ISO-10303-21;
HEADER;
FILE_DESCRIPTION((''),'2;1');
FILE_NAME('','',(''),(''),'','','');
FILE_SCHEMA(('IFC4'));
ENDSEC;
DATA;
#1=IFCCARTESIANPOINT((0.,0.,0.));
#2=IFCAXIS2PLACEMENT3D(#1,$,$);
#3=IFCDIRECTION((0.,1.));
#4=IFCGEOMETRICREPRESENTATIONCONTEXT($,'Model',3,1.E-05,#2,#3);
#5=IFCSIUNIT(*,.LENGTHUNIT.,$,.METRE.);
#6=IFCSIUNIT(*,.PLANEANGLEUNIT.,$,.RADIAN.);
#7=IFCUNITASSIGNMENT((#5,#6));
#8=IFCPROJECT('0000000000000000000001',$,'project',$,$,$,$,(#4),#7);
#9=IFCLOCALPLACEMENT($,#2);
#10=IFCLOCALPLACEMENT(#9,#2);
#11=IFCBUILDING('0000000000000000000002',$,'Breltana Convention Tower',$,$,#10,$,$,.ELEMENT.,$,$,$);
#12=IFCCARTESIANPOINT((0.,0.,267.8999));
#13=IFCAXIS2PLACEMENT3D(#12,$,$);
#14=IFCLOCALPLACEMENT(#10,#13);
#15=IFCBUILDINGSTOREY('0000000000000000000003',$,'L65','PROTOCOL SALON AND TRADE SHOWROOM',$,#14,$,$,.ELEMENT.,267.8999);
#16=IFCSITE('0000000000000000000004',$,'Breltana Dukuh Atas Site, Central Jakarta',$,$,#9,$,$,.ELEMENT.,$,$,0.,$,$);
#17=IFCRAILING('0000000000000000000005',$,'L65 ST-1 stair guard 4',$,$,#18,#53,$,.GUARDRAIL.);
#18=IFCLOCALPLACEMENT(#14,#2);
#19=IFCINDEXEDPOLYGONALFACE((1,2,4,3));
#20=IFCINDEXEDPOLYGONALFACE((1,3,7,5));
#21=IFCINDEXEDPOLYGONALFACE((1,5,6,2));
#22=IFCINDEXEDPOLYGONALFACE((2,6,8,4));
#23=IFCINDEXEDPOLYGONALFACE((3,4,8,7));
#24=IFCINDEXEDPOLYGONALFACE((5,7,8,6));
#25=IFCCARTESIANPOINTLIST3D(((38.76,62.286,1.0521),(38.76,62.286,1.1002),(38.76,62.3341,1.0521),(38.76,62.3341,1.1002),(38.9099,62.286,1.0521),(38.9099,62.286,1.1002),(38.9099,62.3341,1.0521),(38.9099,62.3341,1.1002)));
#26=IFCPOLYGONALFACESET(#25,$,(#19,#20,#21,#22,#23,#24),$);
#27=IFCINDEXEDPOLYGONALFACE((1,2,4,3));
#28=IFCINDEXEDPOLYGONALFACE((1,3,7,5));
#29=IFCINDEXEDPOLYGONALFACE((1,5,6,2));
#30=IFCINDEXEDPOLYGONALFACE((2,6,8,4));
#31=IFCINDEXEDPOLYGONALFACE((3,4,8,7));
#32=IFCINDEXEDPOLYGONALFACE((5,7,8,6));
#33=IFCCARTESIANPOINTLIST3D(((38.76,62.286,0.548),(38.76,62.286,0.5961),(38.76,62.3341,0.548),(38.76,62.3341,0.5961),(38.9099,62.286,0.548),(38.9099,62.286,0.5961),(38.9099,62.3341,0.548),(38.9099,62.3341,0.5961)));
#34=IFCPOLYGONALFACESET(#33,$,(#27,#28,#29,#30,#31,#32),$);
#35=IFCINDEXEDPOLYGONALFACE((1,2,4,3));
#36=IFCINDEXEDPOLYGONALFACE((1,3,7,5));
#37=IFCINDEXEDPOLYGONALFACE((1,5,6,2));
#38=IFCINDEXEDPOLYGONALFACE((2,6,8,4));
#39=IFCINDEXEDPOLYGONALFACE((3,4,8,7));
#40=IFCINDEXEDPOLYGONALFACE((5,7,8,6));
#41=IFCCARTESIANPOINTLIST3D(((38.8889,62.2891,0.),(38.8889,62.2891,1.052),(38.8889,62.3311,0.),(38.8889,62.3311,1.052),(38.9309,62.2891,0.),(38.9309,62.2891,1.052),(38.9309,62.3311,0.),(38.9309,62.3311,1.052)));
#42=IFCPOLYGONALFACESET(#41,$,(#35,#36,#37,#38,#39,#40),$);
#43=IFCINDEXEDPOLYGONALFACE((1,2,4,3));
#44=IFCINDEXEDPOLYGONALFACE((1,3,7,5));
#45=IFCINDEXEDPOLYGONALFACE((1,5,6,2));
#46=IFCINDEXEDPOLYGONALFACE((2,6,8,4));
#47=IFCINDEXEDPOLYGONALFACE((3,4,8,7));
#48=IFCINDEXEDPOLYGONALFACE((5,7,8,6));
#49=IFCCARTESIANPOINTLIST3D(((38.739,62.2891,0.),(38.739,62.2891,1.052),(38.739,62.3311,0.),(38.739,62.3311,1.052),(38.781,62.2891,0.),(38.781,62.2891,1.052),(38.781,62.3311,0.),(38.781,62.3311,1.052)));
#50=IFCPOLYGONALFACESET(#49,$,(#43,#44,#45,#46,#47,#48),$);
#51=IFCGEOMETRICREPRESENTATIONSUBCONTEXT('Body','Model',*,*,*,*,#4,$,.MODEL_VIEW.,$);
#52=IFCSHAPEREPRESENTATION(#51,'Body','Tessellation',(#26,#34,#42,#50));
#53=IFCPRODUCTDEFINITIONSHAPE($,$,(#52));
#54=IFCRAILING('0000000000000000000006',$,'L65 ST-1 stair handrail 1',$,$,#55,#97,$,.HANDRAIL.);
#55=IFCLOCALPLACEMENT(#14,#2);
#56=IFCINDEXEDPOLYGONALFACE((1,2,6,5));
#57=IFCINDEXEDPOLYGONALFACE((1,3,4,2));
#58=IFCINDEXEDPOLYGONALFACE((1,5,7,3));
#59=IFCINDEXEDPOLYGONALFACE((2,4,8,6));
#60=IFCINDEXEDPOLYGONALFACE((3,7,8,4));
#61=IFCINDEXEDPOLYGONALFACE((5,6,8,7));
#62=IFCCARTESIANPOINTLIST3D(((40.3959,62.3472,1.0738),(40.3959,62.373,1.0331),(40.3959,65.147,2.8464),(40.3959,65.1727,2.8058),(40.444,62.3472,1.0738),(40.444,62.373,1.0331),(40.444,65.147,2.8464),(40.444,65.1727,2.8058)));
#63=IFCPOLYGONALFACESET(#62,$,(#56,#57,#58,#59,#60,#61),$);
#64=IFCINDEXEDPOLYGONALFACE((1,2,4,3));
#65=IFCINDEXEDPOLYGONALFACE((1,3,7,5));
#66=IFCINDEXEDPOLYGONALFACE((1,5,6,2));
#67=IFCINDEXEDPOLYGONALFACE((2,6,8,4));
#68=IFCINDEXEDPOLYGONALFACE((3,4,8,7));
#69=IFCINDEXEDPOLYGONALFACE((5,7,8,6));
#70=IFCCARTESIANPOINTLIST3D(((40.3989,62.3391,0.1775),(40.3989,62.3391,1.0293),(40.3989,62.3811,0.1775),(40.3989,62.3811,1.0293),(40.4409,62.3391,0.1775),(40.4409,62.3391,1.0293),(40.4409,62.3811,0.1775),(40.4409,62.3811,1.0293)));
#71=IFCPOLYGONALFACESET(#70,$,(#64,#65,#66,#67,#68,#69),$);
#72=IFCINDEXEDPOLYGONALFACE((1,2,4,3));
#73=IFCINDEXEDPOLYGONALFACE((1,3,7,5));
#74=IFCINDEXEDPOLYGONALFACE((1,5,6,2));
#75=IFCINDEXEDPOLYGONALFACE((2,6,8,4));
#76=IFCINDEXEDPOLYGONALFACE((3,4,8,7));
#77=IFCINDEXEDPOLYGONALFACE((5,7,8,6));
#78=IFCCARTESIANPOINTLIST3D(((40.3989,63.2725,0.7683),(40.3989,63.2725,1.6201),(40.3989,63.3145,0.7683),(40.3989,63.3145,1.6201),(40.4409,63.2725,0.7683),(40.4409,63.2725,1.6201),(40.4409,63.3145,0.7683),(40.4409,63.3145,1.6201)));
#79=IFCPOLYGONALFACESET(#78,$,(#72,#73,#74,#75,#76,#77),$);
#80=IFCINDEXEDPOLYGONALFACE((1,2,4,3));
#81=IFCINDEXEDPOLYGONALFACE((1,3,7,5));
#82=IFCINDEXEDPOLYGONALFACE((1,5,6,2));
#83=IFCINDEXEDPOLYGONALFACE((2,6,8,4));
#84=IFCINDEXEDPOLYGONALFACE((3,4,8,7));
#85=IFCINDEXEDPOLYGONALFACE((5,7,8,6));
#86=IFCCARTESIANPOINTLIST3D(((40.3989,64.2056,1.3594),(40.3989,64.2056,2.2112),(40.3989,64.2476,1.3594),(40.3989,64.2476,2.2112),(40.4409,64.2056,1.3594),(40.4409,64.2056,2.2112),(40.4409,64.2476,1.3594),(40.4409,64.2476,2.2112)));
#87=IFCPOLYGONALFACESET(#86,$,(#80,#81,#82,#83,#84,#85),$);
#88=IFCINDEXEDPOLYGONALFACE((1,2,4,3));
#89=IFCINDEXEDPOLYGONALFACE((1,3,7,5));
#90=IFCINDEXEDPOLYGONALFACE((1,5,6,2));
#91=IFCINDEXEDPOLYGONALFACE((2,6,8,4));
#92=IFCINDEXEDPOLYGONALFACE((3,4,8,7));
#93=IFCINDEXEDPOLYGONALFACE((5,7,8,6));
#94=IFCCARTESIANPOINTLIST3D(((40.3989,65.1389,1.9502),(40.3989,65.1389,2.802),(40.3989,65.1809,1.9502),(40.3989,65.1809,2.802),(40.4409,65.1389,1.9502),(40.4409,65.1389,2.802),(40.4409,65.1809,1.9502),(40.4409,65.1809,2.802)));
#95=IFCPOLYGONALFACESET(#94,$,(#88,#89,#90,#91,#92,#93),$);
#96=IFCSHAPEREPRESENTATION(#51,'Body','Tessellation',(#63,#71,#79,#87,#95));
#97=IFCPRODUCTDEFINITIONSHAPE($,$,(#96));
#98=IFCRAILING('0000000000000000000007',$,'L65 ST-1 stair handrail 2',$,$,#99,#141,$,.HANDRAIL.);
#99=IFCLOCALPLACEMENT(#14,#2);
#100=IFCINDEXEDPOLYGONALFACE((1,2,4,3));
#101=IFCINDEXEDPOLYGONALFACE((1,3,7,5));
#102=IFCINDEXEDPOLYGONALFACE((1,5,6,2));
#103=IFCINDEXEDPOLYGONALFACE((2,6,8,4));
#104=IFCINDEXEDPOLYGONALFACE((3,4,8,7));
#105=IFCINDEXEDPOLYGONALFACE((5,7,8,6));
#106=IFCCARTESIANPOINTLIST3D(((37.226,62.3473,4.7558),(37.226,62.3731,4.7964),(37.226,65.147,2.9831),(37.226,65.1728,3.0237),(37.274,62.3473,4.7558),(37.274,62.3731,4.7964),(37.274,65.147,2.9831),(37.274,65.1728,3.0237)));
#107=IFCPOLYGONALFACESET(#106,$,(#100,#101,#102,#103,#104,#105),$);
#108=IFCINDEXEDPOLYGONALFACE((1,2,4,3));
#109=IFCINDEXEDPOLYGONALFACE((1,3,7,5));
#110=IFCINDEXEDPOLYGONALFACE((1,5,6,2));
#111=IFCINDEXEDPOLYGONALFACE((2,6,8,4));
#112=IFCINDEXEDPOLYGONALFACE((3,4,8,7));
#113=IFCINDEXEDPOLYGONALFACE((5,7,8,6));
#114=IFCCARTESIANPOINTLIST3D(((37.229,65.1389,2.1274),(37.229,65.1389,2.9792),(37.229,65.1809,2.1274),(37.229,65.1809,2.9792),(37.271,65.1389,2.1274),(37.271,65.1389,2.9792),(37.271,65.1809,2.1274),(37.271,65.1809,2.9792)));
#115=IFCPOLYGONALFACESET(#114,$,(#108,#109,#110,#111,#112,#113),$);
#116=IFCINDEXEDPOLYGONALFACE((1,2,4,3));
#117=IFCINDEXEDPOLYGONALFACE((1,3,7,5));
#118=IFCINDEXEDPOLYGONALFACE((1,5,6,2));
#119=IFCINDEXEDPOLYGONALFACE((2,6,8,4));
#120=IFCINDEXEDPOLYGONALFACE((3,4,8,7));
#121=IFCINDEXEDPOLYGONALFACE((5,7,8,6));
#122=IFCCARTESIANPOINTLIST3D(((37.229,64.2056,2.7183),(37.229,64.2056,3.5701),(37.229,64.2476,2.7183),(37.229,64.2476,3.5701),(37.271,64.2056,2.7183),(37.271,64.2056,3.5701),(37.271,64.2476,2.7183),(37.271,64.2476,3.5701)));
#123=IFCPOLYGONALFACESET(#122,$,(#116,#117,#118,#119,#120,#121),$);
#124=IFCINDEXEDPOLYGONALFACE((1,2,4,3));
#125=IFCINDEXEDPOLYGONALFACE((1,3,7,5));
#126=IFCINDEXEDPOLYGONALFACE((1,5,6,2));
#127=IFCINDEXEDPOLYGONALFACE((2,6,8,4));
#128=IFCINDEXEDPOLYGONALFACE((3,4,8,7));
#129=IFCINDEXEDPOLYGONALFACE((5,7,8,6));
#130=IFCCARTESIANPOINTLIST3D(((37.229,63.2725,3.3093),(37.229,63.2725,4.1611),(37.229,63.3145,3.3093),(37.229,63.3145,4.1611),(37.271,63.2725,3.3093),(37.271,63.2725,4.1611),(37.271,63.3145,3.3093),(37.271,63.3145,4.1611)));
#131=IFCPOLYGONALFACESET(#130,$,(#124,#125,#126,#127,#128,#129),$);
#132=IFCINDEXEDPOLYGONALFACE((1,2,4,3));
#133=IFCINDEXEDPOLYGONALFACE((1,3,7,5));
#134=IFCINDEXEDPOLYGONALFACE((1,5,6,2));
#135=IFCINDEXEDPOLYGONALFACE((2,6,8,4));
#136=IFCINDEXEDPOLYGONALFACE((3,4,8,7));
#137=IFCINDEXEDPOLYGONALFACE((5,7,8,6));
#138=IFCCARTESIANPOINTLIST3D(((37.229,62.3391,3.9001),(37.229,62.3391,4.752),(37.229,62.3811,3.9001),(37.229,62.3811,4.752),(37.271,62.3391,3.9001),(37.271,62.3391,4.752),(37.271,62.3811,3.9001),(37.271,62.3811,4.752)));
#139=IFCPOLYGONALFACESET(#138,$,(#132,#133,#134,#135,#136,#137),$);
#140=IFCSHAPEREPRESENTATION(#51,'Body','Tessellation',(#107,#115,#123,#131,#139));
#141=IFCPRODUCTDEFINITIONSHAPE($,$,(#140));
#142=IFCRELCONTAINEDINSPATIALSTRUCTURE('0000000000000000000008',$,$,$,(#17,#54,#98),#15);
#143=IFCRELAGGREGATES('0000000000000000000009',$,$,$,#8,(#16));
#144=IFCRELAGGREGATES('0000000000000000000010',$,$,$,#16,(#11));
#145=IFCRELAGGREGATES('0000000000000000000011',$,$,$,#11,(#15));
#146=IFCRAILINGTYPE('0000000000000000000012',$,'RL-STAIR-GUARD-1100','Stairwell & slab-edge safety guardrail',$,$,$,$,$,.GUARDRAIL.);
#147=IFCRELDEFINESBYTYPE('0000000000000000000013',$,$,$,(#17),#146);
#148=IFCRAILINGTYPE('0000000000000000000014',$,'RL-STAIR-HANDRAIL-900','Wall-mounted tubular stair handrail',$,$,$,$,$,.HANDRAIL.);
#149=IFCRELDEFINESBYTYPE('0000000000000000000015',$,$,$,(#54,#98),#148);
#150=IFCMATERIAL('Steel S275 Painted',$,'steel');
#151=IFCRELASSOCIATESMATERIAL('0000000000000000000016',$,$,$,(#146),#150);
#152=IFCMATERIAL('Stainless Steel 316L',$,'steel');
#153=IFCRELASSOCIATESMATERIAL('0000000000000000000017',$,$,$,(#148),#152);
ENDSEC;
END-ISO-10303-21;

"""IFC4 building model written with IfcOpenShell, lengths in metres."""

from ifc_helpers import new_model, si_unit, direction, frame, origin, origin_2d, place, context, subcontext, project, spatial, rectangle, extrude, material, type_object, element, save


model = new_model("IFC4")

# Units and contexts
model_context = context("Model", 3, precision=1e-05, world=origin(), true_north=direction((0.0, 1.0)))
body_context = subcontext(model_context, "Body", "Model", "MODEL_VIEW")
ifc_project = project(units=[si_unit("LENGTHUNIT", "METRE"), si_unit("PLANEANGLEUNIT", "RADIAN")], contexts=[model_context])

# Site, building, storey
site_placement = place(None, origin())
site = spatial("IfcSite", under=ifc_project, at=site_placement, Name="Breltana Dukuh Atas Site, Central Jakarta", CompositionType="ELEMENT", RefElevation=0.0)
building_placement = place(site_placement, origin())
building = spatial("IfcBuilding", under=site, at=building_placement, Name="Breltana Convention Tower", CompositionType="ELEMENT")
storey_placement = place(building_placement, frame((0.0, 0.0, 267.8999)))
storey = spatial("IfcBuildingStorey", under=building, at=storey_placement, Name="L65", Description="PROTOCOL SALON AND TRADE SHOWROOM", CompositionType="ELEMENT", Elevation=267.8999)

# Railings
ifc_material_1 = material(Name="Steel S275 Painted", Category="steel")
railing_type_1 = type_object("IfcRailingType", Name="RL-STAIR-GUARD-1100", Description="Stairwell & slab-edge safety guardrail", PredefinedType="GUARDRAIL", material=ifc_material_1)
railing_1_placement = place(storey_placement, frame((38.9099, 62.3101, 0.0)))
element("IfcRailing", 1, at=railing_1_placement, inside=storey, type_object=railing_type_1, Name="L65 ST-1 stair guard 4", PredefinedType="GUARDRAIL", context=body_context, shape_type="SweptSolid", body=[
    extrude(rectangle(XDim=0.0481, YDim=0.0481, at=origin_2d()), frame((0.0, 0.0, 1.0762), z_axis=(-1.0, 0.0, 0.0), x_axis=(0.0, -1.0, 0.0)), (0.0, 0.0, 1.0), 0.1499),
    extrude(rectangle(XDim=0.0481, YDim=0.0481, at=origin_2d()), frame((0.0, 0.0, 0.572), z_axis=(-1.0, 0.0, 0.0), x_axis=(0.0, -1.0, 0.0)), (0.0, 0.0, 1.0), 0.1499),
    extrude(rectangle(XDim=0.042, YDim=0.042, at=origin_2d()), origin(), (0.0, 0.0, 1.0), 1.052),
    extrude(rectangle(XDim=0.042, YDim=0.042, at=origin_2d()), frame((-0.1499, 0.0, 0.0)), (0.0, 0.0, 1.0), 1.052),
])
ifc_material_2 = material(Name="Stainless Steel 316L", Category="steel")
railing_type_2 = type_object("IfcRailingType", Name="RL-STAIR-HANDRAIL-900", Description="Wall-mounted tubular stair handrail", PredefinedType="HANDRAIL", material=ifc_material_2)
railing_2_placement = place(storey_placement, frame((40.4199, 62.3601, 0.1775)))
element("IfcRailing", 2, at=railing_2_placement, inside=storey, type_object=railing_type_2, Name="L65 ST-1 stair handrail 1", PredefinedType="HANDRAIL", context=body_context, shape_type="SweptSolid", body=[
    extrude(rectangle(XDim=0.0481, YDim=0.0481, at=origin_2d()), frame((0.0, 0.0, 0.876), z_axis=(0.0, 0.844888, 0.534943), x_axis=(-1.0, 0.0, 0.0)), (0.0, 0.0, 1.0), 3.3137),
    extrude(rectangle(XDim=0.042, YDim=0.042, at=origin_2d()), origin(), (0.0, 0.0, 1.0), 0.8518),
    extrude(rectangle(XDim=0.042, YDim=0.042, at=origin_2d()), frame((0.0, 0.9333, 0.5908)), (0.0, 0.0, 1.0), 0.8518),
    extrude(rectangle(XDim=0.042, YDim=0.042, at=origin_2d()), frame((0.0, 1.8665, 1.1819)), (0.0, 0.0, 1.0), 0.8518),
    extrude(rectangle(XDim=0.042, YDim=0.042, at=origin_2d()), frame((0.0, 2.7998, 1.7727)), (0.0, 0.0, 1.0), 0.8518),
])
railing_3_placement = place(storey_placement, frame((37.25, 65.1599, 2.1274)))
element("IfcRailing", 3, at=railing_3_placement, inside=storey, type_object=railing_type_2, Name="L65 ST-1 stair handrail 2", PredefinedType="HANDRAIL", context=body_context, shape_type="SweptSolid", body=[
    extrude(rectangle(XDim=0.0481, YDim=0.0481, at=origin_2d()), frame((0.0, 0.0, 0.876), z_axis=(0.0, -0.844888, 0.534943), x_axis=(1.0, 0.0, 0.0)), (0.0, 0.0, 1.0), 3.3137),
    extrude(rectangle(XDim=0.042, YDim=0.042, at=origin_2d()), origin(), (0.0, 0.0, 1.0), 0.8518),
    extrude(rectangle(XDim=0.042, YDim=0.042, at=origin_2d()), frame((0.0, -0.9333, 0.5908)), (0.0, 0.0, 1.0), 0.8518),
    extrude(rectangle(XDim=0.042, YDim=0.042, at=origin_2d()), frame((0.0, -1.8665, 1.1819)), (0.0, 0.0, 1.0), 0.8518),
    extrude(rectangle(XDim=0.042, YDim=0.042, at=origin_2d()), frame((0.0, -2.7998, 1.7727)), (0.0, 0.0, 1.0), 0.8518),
])

save(model, "model.ifc")
